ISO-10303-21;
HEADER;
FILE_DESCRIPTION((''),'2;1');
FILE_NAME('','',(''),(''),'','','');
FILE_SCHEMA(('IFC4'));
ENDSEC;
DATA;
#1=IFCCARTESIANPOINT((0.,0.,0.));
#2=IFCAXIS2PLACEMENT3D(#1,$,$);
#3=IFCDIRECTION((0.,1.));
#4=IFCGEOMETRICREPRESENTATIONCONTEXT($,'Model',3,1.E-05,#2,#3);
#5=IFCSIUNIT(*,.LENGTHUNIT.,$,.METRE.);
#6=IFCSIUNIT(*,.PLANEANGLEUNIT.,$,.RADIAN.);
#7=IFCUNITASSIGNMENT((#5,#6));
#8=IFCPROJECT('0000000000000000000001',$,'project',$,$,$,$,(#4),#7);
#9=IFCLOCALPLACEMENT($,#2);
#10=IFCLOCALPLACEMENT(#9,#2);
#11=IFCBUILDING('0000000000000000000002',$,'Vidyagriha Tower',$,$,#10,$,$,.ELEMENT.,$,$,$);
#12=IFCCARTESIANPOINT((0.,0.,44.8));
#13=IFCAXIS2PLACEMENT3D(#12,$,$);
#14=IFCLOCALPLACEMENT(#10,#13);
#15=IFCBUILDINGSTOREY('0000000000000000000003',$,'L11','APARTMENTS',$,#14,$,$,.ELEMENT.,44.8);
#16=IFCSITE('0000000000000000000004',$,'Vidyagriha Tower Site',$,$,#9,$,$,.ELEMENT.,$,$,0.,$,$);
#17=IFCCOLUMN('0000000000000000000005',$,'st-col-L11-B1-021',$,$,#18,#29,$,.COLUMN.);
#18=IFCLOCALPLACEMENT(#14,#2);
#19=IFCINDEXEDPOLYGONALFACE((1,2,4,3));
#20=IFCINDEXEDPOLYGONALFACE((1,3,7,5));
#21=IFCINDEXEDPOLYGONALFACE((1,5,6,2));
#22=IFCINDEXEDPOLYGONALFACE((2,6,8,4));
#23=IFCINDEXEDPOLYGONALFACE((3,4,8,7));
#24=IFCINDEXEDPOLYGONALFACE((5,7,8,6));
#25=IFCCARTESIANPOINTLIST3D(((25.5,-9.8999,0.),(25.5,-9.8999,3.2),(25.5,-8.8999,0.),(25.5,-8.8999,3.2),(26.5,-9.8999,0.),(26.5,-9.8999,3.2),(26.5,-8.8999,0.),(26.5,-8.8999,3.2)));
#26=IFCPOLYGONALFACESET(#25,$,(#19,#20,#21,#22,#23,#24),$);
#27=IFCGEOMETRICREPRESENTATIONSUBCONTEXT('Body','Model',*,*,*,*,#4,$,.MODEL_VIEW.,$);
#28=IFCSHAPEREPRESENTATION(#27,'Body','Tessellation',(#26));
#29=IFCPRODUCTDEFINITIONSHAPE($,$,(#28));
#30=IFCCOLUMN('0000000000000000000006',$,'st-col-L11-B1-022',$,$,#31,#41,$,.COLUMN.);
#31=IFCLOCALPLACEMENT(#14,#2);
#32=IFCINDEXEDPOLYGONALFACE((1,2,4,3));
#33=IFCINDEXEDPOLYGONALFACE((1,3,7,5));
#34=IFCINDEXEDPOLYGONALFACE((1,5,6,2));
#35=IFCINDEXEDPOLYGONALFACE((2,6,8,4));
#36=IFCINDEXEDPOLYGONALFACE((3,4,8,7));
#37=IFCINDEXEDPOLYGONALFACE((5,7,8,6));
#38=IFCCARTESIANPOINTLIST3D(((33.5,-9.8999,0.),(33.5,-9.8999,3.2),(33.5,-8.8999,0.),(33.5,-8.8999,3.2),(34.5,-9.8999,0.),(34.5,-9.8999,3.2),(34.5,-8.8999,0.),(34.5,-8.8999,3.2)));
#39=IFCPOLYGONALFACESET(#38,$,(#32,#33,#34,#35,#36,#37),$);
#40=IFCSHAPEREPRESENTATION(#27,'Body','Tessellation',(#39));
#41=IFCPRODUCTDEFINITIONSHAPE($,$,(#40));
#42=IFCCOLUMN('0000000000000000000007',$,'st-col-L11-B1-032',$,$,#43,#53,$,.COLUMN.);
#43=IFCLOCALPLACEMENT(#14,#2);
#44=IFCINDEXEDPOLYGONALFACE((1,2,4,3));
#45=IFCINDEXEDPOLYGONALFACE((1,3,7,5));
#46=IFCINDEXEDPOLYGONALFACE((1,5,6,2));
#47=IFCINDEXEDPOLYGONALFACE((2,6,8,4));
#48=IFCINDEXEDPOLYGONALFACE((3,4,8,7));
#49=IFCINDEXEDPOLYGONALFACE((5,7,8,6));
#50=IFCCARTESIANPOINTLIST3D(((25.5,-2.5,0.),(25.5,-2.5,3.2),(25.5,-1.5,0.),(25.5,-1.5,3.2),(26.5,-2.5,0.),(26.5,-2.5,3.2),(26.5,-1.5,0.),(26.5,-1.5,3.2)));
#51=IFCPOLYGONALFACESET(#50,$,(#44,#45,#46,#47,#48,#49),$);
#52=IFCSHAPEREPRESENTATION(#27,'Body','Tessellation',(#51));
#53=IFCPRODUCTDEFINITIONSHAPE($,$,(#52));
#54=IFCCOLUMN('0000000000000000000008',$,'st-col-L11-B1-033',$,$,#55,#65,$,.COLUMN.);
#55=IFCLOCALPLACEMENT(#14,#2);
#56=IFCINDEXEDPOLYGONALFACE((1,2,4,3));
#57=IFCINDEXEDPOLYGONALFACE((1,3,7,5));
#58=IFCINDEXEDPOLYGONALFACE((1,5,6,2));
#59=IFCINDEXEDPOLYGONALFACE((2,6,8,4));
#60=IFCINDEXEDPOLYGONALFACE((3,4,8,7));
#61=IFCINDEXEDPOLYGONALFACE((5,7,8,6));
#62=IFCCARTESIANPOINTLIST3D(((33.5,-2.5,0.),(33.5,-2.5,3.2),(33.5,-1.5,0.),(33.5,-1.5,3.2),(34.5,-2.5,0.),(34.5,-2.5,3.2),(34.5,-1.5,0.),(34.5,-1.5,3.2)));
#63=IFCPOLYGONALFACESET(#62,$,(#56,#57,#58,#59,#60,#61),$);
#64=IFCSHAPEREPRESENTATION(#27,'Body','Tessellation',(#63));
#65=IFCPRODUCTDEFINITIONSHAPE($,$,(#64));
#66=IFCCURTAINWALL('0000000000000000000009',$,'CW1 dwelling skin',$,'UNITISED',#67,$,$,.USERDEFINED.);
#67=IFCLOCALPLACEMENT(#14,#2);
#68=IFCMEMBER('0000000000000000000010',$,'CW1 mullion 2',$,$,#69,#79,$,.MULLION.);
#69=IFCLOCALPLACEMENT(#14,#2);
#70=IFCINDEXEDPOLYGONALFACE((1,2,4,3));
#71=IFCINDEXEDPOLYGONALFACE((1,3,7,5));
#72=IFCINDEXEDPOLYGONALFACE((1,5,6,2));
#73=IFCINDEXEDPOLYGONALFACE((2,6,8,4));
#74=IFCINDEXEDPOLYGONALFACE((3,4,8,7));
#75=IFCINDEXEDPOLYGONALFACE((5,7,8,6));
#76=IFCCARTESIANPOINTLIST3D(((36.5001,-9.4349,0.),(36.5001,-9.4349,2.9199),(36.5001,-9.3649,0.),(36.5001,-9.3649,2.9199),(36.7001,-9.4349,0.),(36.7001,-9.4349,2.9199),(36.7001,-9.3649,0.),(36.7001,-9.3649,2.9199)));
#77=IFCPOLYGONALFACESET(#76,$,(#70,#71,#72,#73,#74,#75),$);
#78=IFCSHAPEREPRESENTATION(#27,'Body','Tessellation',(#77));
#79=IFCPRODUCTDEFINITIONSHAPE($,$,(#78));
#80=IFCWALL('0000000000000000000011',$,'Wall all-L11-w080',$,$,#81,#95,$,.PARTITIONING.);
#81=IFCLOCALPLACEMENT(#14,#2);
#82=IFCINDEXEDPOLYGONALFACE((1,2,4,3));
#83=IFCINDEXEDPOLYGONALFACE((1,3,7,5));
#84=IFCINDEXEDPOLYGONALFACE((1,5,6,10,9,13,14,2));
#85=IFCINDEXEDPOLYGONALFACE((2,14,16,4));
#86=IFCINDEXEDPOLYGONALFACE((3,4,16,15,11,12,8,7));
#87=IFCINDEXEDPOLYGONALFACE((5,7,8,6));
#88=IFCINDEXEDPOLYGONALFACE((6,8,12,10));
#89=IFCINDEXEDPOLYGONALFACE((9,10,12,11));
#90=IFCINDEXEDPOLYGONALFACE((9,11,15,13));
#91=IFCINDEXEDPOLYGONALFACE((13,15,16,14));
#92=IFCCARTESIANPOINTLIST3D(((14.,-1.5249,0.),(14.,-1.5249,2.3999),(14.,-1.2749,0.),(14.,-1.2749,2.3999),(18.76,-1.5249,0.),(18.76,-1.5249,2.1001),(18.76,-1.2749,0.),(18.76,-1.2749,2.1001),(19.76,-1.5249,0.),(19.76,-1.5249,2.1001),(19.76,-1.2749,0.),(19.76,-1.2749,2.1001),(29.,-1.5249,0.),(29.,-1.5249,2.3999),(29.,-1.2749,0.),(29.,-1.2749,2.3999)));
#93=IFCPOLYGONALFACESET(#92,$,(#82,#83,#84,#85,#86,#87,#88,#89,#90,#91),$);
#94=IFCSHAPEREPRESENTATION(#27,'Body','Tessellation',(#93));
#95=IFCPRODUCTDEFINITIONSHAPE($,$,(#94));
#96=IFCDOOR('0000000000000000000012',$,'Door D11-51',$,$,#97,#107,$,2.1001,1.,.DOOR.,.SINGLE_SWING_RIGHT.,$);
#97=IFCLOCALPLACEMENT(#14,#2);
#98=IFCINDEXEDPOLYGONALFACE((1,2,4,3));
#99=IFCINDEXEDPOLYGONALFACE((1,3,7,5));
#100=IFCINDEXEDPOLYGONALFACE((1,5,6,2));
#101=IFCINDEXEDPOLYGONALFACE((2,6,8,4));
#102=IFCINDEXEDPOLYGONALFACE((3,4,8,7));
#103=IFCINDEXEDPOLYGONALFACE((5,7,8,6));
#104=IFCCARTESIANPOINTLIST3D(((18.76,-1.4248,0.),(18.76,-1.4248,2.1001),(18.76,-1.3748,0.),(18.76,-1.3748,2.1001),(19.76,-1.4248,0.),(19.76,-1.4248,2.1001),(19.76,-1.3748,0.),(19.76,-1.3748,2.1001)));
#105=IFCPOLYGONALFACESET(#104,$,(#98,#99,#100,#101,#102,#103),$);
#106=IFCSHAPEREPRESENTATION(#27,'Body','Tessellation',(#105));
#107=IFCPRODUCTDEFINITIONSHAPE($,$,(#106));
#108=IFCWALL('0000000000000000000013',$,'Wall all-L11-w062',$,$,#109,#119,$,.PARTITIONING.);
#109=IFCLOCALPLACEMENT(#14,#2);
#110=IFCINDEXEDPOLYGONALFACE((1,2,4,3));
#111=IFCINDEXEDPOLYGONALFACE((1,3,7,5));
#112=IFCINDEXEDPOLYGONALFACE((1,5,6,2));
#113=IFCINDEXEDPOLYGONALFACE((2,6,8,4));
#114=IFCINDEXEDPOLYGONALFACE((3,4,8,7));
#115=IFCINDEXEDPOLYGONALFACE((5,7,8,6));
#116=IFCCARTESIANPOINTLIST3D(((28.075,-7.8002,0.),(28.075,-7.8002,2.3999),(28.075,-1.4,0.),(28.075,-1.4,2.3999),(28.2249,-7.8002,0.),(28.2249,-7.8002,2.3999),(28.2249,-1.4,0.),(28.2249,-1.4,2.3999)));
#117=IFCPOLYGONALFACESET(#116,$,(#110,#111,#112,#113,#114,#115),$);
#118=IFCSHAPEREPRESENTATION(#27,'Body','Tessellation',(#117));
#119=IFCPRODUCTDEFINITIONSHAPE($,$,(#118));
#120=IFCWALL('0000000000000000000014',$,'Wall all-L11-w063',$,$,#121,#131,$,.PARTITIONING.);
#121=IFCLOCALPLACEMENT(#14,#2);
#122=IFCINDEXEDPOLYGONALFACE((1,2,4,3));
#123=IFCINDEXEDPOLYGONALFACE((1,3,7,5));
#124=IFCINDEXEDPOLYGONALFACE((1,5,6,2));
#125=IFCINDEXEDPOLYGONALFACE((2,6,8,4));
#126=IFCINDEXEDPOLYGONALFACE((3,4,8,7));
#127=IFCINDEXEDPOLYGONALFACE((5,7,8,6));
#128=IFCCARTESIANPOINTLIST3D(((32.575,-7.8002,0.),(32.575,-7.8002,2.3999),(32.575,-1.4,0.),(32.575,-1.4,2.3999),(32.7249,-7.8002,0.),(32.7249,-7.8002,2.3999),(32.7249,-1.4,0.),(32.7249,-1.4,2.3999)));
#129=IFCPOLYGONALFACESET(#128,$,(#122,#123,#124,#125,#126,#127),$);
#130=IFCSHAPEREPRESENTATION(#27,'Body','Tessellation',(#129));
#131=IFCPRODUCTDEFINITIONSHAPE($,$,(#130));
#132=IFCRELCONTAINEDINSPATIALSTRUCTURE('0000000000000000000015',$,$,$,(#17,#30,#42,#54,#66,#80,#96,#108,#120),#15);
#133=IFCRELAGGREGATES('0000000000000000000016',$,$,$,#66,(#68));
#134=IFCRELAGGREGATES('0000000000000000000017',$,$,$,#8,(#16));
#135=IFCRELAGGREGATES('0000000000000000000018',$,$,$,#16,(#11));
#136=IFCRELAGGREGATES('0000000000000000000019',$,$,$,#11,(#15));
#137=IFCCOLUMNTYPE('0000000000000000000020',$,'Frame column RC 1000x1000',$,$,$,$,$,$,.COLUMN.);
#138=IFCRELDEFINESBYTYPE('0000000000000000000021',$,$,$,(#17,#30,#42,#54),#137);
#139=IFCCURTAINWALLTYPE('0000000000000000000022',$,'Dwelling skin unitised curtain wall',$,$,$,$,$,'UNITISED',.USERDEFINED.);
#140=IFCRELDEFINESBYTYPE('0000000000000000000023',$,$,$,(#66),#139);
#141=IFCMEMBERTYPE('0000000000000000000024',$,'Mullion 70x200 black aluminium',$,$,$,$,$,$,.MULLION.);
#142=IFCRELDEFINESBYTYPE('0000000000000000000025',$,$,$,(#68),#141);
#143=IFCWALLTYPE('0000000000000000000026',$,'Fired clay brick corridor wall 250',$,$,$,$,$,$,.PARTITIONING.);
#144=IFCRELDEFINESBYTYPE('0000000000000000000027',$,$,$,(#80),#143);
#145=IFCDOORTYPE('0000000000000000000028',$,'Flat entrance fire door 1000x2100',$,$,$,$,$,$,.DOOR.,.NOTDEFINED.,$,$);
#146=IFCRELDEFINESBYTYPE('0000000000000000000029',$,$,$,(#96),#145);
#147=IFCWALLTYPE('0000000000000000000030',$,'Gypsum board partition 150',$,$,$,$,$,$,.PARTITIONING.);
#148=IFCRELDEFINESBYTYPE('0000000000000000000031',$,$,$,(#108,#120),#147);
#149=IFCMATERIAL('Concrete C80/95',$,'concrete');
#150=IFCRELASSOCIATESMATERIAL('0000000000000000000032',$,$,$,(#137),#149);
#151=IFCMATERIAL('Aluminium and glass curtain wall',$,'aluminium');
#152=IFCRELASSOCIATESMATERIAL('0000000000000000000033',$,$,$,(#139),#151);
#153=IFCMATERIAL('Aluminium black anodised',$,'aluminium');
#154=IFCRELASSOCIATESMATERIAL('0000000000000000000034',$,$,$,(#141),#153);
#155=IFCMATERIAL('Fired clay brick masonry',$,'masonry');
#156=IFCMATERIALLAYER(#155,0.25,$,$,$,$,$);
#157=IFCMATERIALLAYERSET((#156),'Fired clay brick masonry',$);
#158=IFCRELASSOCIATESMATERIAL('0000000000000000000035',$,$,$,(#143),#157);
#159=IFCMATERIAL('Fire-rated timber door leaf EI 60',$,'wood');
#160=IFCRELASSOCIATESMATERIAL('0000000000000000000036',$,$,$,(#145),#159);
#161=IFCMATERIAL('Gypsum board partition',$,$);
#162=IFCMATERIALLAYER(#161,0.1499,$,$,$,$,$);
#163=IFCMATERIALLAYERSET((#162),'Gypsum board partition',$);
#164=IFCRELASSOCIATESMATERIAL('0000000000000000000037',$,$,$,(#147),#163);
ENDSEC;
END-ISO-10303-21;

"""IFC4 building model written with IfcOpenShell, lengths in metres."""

from ifc_helpers import new_model, si_unit, direction, frame, frame_2d, origin, origin_2d, place, context, subcontext, project, spatial, rectangle, extrude, material, layer, layer_set, material_profile, profile_set, type_object, element, fill, aggregate, save


model = new_model("IFC4")

# Units and contexts
model_context = context("Model", 3, precision=1e-05, world=origin(), true_north=direction((0.0, 1.0)))
body_context = subcontext(model_context, "Body", "Model", "MODEL_VIEW")
ifc_project = project(units=[si_unit("LENGTHUNIT", "METRE"), si_unit("PLANEANGLEUNIT", "RADIAN")], contexts=[model_context])

# Site, building, storey
site_placement = place(None, origin())
site = spatial("IfcSite", under=ifc_project, at=site_placement, Name="Vidyagriha Tower Site", CompositionType="ELEMENT", RefElevation=0.0)
building_placement = place(site_placement, origin())
building = spatial("IfcBuilding", under=site, at=building_placement, Name="Vidyagriha Tower", CompositionType="ELEMENT")
storey_placement = place(building_placement, frame((0.0, 0.0, 44.8)))
storey = spatial("IfcBuildingStorey", under=building, at=storey_placement, Name="L11", Description="APARTMENTS", CompositionType="ELEMENT", Elevation=44.8)

# Columns
ifc_material_1 = material(Name="Concrete C80/95", Category="concrete")
ifc_material_profile_1 = material_profile(ifc_material_1, rectangle(XDim=1.0, YDim=1.0, at=origin_2d()), Name="RC 1000x1000")
ifc_profile_set_1 = profile_set([ifc_material_profile_1], Name="Concrete C80/95")
column_type = type_object("IfcColumnType", Name="Frame column RC 1000x1000", PredefinedType="COLUMN", material=ifc_profile_set_1)
for number, where, name in (
    (1, (26.0, -9.3999, 0.0), "st-col-L11-B1-021"),
    (2, (34.0, -9.3999, 0.0), "st-col-L11-B1-022"),
    (3, (26.0, -2.0, 0.0), "st-col-L11-B1-032"),
    (4, (34.0, -2.0, 0.0), "st-col-L11-B1-033"),
):
    element("IfcColumn", number, at=place(storey_placement, frame(where)), inside=storey, type_object=column_type, Name=name, PredefinedType="COLUMN", context=body_context, shape_type="SweptSolid", body=[
        extrude(rectangle(XDim=1.0, YDim=1.0, at=origin_2d()), origin(), (0.0, 0.0, 1.0), 3.2),
    ])

# Curtain wall, member
ifc_material_2 = material(Name="Aluminium and glass curtain wall", Category="aluminium")
curtain_wall_type = type_object("IfcCurtainWallType", Name="Dwelling skin unitised curtain wall", ElementType="UNITISED", PredefinedType="USERDEFINED", material=ifc_material_2)
curtain_wall_placement = place(storey_placement, origin())
curtain_wall = element("IfcCurtainWall", 5, at=curtain_wall_placement, inside=storey, type_object=curtain_wall_type, Name="CW1 dwelling skin", ObjectType="UNITISED", PredefinedType="USERDEFINED")
ifc_material_3 = material(Name="Aluminium black anodised", Category="aluminium")
ifc_material_profile_2 = material_profile(ifc_material_3, rectangle(XDim=0.2, YDim=0.0701, at=origin_2d()), Name="Mullion 70x200 black aluminium")
ifc_profile_set_2 = profile_set([ifc_material_profile_2], Name="Aluminium black anodised")
member_type = type_object("IfcMemberType", Name="Mullion 70x200 black aluminium", PredefinedType="MULLION", material=ifc_profile_set_2)
member_placement = place(storey_placement, frame((36.6001, -9.3999, 0.0), z_axis=(0.0, 0.0, 1.0), x_axis=(-1.0, 0.0, 0.0)))
member = element("IfcMember", 6, at=member_placement, type_object=member_type, Name="CW1 mullion 2", PredefinedType="MULLION", context=body_context, shape_type="SweptSolid", body=[
    extrude(rectangle(XDim=0.2, YDim=0.0701, at=origin_2d()), origin(), (0.0, 0.0, 1.0), 2.9199),
])
aggregate(curtain_wall, [member])

# Wall, opening, door
ifc_material_4 = material(Name="Fired clay brick masonry", Category="masonry")
ifc_layer_1 = layer(ifc_material_4, 0.25)
ifc_layer_set_1 = layer_set([ifc_layer_1], Name="Fired clay brick masonry")
wall_type_1 = type_object("IfcWallType", Name="Fired clay brick corridor wall 250", PredefinedType="PARTITIONING", material=ifc_layer_set_1)
wall_1_placement = place(storey_placement, frame((29.0, -1.3999, 0.0), z_axis=(0.0, 0.0, 1.0), x_axis=(-1.0, 0.0, 0.0)))
wall_1 = element("IfcWall", 7, at=wall_1_placement, inside=storey, type_object=wall_type_1, Name="Wall all-L11-w080", PredefinedType="PARTITIONING", context=body_context, shape_type="SweptSolid", body=[
    extrude(rectangle(XDim=15.0, YDim=0.25, at=frame_2d((7.5, 0.0))), origin(), (0.0, 0.0, 1.0), 2.3999),
])
opening_1_placement = place(wall_1_placement, frame((9.24, 0.0, 0.0)))
opening_1 = element("IfcOpeningElement", 8, at=opening_1_placement, cuts=wall_1, PredefinedType="OPENING", context=body_context, shape_type="SweptSolid", body=[
    extrude(rectangle(XDim=1.0, YDim=2.1001, at=frame_2d((0.5, 1.05))), frame((0.0, 0.135, 0.0), z_axis=(0.0, -1.0, 0.0), x_axis=(1.0, 0.0, 0.0)), (0.0, 0.0, 1.0), 0.27),
])
ifc_material_5 = material(Name="Fire-rated timber door leaf EI 60", Category="wood")
door_type_1 = type_object("IfcDoorType", Name="Flat entrance fire door 1000x2100", OperationType="NOTDEFINED", PredefinedType="DOOR", material=ifc_material_5)
door_1_placement = place(opening_1_placement, origin())
door_1 = element("IfcDoor", 9, at=door_1_placement, inside=storey, type_object=door_type_1, Name="Door D11-51", OperationType="SINGLE_SWING_RIGHT", OverallHeight=2.1001, OverallWidth=1.0, PredefinedType="DOOR", context=body_context, shape_type="SweptSolid", body=[
    extrude(rectangle(XDim=1.0, YDim=2.1001, at=frame_2d((0.5, 1.05))), frame((0.0, 0.0249, 0.0), z_axis=(0.0, -1.0, 0.0), x_axis=(1.0, 0.0, 0.0)), (0.0, 0.0, 1.0), 0.05),
])
fill(opening_1, door_1)

# Walls
ifc_material_6 = material(Name="Gypsum board partition")
ifc_layer_2 = layer(ifc_material_6, 0.1499)
ifc_layer_set_2 = layer_set([ifc_layer_2], Name="Gypsum board partition")
wall_type_2 = type_object("IfcWallType", Name="Gypsum board partition 150", PredefinedType="PARTITIONING", material=ifc_layer_set_2)
for number, where, z_axis, x_axis, name in (
    (10, (28.1499, -1.3999, 0.0), (0.0, 0.0, 1.0), (0.0, -1.0, 0.0), "Wall all-L11-w062"),
    (11, (32.6499, -1.3999, 0.0), (0.0, 0.0, 1.0), (0.0, -1.0, 0.0), "Wall all-L11-w063"),
):
    element("IfcWall", number, at=place(storey_placement, frame(where, z_axis=z_axis, x_axis=x_axis)), inside=storey, type_object=wall_type_2, Name=name, PredefinedType="PARTITIONING", context=body_context, shape_type="SweptSolid", body=[
        extrude(rectangle(XDim=6.4001, YDim=0.1499, at=frame_2d((3.2002, 0.0))), origin(), (0.0, 0.0, 1.0), 2.3999),
    ])

save(model, "model.ifc")
